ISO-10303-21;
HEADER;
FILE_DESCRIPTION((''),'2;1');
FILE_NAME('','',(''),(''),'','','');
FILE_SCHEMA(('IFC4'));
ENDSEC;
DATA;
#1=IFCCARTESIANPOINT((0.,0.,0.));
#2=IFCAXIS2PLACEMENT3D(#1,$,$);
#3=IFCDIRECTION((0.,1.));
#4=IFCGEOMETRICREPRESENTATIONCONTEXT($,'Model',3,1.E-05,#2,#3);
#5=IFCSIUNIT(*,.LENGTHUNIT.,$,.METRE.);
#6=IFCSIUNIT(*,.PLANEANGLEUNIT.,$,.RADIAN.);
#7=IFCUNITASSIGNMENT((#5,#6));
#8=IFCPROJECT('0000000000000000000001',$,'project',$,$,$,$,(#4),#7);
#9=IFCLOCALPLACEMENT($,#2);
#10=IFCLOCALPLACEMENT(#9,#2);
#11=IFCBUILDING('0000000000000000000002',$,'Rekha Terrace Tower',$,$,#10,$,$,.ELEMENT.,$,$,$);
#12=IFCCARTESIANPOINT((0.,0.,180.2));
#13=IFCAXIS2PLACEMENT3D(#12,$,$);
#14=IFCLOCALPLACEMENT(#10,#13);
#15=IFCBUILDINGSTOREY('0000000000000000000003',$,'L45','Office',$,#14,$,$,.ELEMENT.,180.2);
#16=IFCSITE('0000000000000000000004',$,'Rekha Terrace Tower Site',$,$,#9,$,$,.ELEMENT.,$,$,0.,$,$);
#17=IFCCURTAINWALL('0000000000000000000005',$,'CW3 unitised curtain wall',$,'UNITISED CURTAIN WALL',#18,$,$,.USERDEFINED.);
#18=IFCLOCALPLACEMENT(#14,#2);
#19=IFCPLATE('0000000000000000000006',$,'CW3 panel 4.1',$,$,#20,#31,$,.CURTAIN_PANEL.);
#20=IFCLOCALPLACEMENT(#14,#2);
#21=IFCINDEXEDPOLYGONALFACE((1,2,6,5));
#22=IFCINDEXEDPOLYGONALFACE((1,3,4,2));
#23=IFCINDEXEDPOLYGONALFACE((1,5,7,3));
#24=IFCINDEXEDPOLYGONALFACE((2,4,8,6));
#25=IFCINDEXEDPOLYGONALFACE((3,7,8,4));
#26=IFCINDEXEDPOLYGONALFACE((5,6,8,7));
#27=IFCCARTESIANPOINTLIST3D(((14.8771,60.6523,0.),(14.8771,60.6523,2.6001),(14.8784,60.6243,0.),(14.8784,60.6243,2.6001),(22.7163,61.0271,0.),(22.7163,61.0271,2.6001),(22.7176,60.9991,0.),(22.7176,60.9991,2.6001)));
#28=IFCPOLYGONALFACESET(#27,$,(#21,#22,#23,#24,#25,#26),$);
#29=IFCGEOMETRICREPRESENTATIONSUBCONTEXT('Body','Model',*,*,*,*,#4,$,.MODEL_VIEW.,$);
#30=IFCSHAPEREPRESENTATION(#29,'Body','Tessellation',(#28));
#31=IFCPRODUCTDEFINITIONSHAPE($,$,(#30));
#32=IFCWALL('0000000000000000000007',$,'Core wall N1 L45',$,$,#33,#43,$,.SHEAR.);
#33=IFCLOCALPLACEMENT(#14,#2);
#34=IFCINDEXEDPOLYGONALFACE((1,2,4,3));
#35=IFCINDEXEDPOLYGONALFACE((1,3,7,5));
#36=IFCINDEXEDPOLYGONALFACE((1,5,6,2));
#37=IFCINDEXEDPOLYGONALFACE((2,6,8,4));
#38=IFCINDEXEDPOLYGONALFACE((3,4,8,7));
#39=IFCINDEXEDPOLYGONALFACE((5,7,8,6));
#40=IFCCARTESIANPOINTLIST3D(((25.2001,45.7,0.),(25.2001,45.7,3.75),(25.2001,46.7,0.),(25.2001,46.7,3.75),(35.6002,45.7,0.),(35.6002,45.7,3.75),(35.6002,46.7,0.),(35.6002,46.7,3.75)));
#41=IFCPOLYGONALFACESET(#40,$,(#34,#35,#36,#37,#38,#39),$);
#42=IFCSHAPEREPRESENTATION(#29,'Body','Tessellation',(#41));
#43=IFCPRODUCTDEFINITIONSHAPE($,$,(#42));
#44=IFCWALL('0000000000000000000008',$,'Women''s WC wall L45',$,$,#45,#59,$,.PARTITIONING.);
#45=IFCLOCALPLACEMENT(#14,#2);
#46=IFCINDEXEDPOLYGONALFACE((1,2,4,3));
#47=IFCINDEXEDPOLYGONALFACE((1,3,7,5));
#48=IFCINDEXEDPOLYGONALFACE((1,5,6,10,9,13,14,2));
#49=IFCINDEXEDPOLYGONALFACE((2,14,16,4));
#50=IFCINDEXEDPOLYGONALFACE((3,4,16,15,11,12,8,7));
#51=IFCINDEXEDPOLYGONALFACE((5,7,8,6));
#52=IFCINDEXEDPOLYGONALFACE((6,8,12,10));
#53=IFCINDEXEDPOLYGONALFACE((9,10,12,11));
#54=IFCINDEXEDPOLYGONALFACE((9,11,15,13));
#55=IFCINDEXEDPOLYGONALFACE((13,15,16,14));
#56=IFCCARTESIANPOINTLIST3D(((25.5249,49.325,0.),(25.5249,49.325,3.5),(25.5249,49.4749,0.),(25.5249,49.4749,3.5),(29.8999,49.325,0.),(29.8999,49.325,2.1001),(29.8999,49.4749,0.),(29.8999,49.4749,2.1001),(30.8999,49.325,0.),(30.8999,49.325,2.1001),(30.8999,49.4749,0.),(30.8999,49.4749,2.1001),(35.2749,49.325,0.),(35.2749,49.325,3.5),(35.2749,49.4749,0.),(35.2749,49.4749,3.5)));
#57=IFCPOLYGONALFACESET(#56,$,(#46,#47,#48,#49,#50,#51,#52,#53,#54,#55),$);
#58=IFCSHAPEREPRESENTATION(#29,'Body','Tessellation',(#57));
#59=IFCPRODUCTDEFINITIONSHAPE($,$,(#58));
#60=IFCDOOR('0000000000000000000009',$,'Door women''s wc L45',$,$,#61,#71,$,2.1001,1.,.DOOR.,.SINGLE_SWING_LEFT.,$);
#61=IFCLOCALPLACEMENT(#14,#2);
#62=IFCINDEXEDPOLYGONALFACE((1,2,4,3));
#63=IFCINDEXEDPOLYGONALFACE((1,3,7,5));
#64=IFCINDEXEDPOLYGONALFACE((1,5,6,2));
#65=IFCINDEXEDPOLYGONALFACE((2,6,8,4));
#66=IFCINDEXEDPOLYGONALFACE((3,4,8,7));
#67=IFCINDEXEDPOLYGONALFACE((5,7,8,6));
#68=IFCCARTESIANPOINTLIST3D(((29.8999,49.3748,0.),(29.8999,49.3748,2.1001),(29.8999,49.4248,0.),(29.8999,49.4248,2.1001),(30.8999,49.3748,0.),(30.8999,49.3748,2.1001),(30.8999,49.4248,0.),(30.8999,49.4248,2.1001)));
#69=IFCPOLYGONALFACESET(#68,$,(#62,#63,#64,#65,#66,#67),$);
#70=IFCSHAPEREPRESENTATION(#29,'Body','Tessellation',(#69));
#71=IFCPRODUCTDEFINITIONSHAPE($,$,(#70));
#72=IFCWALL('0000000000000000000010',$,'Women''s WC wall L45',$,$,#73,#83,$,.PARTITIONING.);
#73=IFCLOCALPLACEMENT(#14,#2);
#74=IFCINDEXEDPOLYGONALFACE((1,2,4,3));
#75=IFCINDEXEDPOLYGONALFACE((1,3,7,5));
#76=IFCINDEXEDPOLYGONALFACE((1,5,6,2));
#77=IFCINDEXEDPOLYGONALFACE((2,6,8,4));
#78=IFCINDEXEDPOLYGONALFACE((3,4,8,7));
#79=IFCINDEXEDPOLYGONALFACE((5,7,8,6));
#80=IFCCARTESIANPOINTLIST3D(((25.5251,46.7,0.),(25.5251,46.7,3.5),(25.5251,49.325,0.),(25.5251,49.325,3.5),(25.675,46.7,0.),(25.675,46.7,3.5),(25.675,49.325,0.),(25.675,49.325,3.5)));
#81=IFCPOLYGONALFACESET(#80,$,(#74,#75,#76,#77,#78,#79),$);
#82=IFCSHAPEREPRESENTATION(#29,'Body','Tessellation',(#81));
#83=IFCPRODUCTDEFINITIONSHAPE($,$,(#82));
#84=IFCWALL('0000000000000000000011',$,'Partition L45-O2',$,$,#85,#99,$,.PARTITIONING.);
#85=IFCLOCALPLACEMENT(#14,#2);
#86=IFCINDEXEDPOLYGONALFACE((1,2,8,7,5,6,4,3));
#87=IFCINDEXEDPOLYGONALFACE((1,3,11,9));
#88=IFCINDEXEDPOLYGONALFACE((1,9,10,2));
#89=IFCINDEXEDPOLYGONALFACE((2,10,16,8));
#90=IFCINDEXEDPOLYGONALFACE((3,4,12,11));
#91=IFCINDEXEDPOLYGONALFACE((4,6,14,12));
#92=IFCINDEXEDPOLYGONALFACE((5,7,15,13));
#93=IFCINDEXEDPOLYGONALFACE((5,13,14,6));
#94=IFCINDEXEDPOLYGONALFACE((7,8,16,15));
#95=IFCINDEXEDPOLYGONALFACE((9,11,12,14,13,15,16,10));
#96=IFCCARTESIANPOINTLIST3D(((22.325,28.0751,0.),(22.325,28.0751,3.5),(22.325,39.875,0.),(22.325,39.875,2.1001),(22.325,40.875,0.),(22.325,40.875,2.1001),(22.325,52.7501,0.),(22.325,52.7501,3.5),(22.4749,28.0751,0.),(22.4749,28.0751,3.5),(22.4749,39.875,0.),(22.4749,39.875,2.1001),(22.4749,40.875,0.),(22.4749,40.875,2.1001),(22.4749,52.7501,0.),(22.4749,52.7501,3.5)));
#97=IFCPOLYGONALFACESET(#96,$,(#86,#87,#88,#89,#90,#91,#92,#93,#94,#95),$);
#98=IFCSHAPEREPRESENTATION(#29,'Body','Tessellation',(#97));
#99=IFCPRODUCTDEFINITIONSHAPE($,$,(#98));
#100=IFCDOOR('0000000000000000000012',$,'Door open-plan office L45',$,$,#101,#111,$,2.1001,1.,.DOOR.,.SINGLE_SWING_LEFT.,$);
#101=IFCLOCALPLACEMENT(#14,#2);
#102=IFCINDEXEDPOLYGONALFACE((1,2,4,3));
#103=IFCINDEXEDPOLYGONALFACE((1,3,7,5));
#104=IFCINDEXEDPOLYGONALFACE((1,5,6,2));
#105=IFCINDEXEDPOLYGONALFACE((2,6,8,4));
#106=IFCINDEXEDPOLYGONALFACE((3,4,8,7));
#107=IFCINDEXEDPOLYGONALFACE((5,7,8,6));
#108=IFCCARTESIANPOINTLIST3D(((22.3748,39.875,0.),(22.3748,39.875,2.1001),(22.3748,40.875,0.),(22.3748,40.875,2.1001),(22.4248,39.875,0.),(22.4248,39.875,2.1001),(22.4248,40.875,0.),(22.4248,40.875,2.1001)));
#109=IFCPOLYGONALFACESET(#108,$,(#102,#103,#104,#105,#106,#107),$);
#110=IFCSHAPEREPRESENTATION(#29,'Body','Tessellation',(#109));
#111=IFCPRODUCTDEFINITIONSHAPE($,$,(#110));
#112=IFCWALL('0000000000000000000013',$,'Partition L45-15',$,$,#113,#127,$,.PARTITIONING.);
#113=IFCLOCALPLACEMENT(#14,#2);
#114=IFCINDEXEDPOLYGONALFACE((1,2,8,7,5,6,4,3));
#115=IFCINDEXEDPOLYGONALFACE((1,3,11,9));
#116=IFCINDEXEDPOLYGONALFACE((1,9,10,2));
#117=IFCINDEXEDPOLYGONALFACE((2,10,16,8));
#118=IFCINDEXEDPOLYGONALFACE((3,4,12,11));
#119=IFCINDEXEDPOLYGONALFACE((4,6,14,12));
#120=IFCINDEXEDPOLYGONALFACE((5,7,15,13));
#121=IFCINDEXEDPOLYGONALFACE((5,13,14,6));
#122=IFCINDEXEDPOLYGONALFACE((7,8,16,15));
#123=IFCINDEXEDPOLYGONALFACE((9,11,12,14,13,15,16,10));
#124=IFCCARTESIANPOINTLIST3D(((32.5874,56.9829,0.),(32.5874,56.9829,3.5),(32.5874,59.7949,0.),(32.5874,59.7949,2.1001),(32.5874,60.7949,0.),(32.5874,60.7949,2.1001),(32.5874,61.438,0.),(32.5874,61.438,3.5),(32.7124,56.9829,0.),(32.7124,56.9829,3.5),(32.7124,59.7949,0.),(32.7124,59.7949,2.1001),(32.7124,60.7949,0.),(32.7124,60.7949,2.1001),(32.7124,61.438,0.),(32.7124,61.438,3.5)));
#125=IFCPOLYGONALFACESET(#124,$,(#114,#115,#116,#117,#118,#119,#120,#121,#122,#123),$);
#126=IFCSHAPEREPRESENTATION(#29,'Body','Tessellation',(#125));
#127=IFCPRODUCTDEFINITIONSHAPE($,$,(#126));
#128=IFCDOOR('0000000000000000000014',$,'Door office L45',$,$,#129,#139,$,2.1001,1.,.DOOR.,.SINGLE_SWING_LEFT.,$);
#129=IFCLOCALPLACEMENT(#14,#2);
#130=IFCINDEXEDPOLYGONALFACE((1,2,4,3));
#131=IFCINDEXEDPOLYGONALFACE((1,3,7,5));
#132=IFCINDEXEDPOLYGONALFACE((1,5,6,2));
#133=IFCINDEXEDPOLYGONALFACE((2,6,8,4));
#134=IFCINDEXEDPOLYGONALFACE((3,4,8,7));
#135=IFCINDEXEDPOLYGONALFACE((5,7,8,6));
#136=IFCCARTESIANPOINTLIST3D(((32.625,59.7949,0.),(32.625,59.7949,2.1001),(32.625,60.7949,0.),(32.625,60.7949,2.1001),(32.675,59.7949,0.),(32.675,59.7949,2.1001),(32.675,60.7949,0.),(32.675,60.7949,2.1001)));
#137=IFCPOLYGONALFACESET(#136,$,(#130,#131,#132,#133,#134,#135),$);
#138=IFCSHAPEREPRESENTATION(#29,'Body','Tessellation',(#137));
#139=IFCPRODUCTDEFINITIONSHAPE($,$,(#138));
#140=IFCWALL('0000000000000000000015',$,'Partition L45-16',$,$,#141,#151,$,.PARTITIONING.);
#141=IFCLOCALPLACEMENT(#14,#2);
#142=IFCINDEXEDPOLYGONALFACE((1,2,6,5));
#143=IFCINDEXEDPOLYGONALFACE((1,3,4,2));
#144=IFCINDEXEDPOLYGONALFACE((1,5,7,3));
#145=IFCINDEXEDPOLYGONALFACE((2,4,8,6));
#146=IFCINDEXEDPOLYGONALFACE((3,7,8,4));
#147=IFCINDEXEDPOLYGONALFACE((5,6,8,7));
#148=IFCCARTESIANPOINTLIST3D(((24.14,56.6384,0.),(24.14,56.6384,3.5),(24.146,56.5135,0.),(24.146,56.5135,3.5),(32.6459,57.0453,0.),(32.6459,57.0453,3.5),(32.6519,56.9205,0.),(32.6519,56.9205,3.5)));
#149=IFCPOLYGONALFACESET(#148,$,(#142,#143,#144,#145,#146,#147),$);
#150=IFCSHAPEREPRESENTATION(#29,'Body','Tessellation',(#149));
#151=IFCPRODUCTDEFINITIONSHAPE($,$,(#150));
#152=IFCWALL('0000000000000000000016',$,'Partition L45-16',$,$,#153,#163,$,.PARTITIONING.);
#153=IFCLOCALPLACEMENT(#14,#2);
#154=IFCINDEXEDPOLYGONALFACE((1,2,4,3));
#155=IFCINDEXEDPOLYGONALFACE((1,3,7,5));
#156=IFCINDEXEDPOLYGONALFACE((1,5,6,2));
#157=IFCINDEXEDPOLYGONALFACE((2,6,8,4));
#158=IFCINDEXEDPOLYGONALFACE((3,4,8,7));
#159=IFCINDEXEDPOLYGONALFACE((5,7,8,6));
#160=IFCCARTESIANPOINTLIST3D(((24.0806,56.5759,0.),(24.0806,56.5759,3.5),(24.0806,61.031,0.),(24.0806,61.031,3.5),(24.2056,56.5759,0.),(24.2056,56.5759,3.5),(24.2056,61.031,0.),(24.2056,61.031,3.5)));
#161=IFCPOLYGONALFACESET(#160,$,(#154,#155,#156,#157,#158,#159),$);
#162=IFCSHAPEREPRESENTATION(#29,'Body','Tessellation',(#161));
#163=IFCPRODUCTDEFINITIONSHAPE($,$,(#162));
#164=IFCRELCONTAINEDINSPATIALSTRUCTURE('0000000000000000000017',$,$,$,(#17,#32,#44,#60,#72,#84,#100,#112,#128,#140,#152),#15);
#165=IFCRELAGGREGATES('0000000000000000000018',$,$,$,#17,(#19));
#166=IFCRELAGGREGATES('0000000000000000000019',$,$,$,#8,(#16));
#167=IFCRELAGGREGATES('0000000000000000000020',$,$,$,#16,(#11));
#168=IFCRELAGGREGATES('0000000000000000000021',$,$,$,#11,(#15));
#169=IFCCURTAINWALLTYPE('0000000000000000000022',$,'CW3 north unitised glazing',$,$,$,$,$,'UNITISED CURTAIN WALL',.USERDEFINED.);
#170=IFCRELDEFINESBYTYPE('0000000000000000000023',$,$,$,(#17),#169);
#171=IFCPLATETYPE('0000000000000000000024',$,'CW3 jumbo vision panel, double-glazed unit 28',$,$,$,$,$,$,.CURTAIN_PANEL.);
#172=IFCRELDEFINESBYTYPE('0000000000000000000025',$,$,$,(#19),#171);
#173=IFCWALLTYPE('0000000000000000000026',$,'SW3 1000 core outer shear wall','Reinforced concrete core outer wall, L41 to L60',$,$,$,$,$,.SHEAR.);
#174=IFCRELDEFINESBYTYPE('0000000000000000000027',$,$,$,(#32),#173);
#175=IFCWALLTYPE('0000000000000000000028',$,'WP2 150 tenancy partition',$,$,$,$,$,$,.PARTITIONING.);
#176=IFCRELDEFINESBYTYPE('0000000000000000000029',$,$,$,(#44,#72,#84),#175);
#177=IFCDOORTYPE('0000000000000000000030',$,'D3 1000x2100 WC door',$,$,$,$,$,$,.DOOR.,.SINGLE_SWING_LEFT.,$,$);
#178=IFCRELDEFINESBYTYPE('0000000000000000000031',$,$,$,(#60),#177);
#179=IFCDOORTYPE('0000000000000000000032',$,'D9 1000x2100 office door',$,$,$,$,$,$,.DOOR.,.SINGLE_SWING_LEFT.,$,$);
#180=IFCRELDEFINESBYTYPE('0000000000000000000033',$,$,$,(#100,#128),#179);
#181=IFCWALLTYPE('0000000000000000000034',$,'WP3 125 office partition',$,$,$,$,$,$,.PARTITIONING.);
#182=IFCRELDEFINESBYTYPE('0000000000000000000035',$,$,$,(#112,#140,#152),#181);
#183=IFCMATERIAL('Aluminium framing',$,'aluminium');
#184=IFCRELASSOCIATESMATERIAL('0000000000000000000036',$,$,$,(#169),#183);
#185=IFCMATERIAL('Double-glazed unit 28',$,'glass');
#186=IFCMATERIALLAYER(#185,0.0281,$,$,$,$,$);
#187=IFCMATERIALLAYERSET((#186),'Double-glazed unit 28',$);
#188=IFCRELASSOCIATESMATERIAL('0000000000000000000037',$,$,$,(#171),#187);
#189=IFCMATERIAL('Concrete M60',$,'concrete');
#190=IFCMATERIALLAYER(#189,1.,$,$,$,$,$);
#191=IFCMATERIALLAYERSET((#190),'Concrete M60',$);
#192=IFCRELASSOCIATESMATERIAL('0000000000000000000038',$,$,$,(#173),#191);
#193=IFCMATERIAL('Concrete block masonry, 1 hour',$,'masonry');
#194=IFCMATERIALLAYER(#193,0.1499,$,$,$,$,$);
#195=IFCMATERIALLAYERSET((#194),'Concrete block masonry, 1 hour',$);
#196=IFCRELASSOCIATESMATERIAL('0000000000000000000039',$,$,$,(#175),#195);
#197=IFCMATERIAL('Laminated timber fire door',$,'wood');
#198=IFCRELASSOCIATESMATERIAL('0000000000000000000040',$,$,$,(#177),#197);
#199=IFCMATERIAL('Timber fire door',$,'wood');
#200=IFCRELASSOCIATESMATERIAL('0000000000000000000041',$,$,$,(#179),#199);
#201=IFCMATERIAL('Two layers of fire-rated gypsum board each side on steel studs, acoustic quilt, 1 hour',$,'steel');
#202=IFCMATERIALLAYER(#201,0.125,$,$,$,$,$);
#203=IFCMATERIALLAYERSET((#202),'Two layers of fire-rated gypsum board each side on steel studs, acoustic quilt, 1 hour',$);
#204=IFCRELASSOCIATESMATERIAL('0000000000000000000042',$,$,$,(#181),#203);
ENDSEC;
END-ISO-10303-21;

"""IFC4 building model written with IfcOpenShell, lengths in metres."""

from ifc_helpers import new_model, si_unit, direction, frame, frame_2d, origin, origin_2d, place, context, subcontext, project, spatial, rectangle, extrude, material, layer, layer_set, type_object, element, fill, aggregate, save


model = new_model("IFC4")

# Units and contexts
model_context = context("Model", 3, precision=1e-05, world=origin(), true_north=direction((0.0, 1.0)))
body_context = subcontext(model_context, "Body", "Model", "MODEL_VIEW")
ifc_project = project(units=[si_unit("LENGTHUNIT", "METRE"), si_unit("PLANEANGLEUNIT", "RADIAN")], contexts=[model_context])

# Site, building, storey
site_placement = place(None, origin())
site = spatial("IfcSite", under=ifc_project, at=site_placement, Name="Rekha Terrace Tower Site", CompositionType="ELEMENT", RefElevation=0.0)
building_placement = place(site_placement, origin())
building = spatial("IfcBuilding", under=site, at=building_placement, Name="Rekha Terrace Tower", CompositionType="ELEMENT")
storey_placement = place(building_placement, frame((0.0, 0.0, 180.2)))
storey = spatial("IfcBuildingStorey", under=building, at=storey_placement, Name="L45", Description="Office", CompositionType="ELEMENT", Elevation=180.2)

# Curtain wall, plate
ifc_material_1 = material(Name="Aluminium framing", Category="aluminium")
curtain_wall_type = type_object("IfcCurtainWallType", Name="CW3 north unitised glazing", ElementType="UNITISED CURTAIN WALL", PredefinedType="USERDEFINED", material=ifc_material_1)
curtain_wall_placement = place(storey_placement, origin())
curtain_wall = element("IfcCurtainWall", 1, at=curtain_wall_placement, inside=storey, type_object=curtain_wall_type, Name="CW3 unitised curtain wall", ObjectType="UNITISED CURTAIN WALL", PredefinedType="USERDEFINED")
ifc_material_2 = material(Name="Double-glazed unit 28", Category="glass")
ifc_layer_1 = layer(ifc_material_2, 0.0281)
ifc_layer_set_1 = layer_set([ifc_layer_1], Name="Double-glazed unit 28")
plate_type = type_object("IfcPlateType", Name="CW3 jumbo vision panel, double-glazed unit 28", PredefinedType="CURTAIN_PANEL", material=ifc_layer_set_1)
plate_1_placement = place(storey_placement, frame((18.7974, 60.8257, 0.0), z_axis=(0.0, 0.0, 1.0), x_axis=(-0.998859, -0.047759, 0.0)))
plate_1 = element("IfcPlate", 2, at=plate_1_placement, type_object=plate_type, Name="CW3 panel 4.1", PredefinedType="CURTAIN_PANEL", context=body_context, shape_type="SweptSolid", body=[
    extrude(rectangle(XDim=7.8481, YDim=0.0281, at=origin_2d()), origin(), (0.0, 0.0, 1.0), 2.6001),
])
aggregate(curtain_wall, [plate_1])

# Wall
ifc_material_3 = material(Name="Concrete M60", Category="concrete")
ifc_layer_2 = layer(ifc_material_3, 1.0)
ifc_layer_set_2 = layer_set([ifc_layer_2], Name="Concrete M60")
wall_type_1 = type_object("IfcWallType", Name="SW3 1000 core outer shear wall", Description="Reinforced concrete core outer wall, L41 to L60", PredefinedType="SHEAR", material=ifc_layer_set_2)
wall_1_placement = place(storey_placement, frame((25.2, 46.2, 0.0), z_axis=(0.0, 0.0, 1.0), x_axis=(1.0, 0.0, 0.0)))
element("IfcWall", 3, at=wall_1_placement, inside=storey, type_object=wall_type_1, Name="Core wall N1 L45", PredefinedType="SHEAR", context=body_context, shape_type="SweptSolid", body=[
    extrude(rectangle(XDim=10.4001, YDim=1.0, at=frame_2d((5.2002, 0.0))), origin(), (0.0, 0.0, 1.0), 3.75),
])

# Wall, opening, door
ifc_material_4 = material(Name="Concrete block masonry, 1 hour", Category="masonry")
ifc_layer_3 = layer(ifc_material_4, 0.1499)
ifc_layer_set_3 = layer_set([ifc_layer_3], Name="Concrete block masonry, 1 hour")
wall_type_2 = type_object("IfcWallType", Name="WP2 150 tenancy partition", PredefinedType="PARTITIONING", material=ifc_layer_set_3)
wall_2_placement = place(storey_placement, frame((25.5249, 49.3999, 0.0), z_axis=(0.0, 0.0, 1.0), x_axis=(1.0, 0.0, 0.0)))
wall_2 = element("IfcWall", 4, at=wall_2_placement, inside=storey, type_object=wall_type_2, Name="Women's WC wall L45", PredefinedType="PARTITIONING", context=body_context, shape_type="SweptSolid", body=[
    extrude(rectangle(XDim=9.75, YDim=0.1499, at=frame_2d((4.875, 0.0))), origin(), (0.0, 0.0, 1.0), 3.5),
])
opening_1_placement = place(wall_2_placement, frame((4.375, 0.0, 0.0)))
opening_1 = element("IfcOpeningElement", 5, at=opening_1_placement, cuts=wall_2, PredefinedType="OPENING", context=body_context, shape_type="SweptSolid", body=[
    extrude(rectangle(XDim=1.0, YDim=2.1001, at=frame_2d((0.5, 1.05))), frame((0.0, 0.085, 0.0), z_axis=(0.0, -1.0, 0.0), x_axis=(1.0, 0.0, 0.0)), (0.0, 0.0, 1.0), 0.1699),
])
ifc_material_5 = material(Name="Laminated timber fire door", Category="wood")
door_type_1 = type_object("IfcDoorType", Name="D3 1000x2100 WC door", OperationType="SINGLE_SWING_LEFT", PredefinedType="DOOR", material=ifc_material_5)
door_1_placement = place(opening_1_placement, origin())
door_1 = element("IfcDoor", 6, at=door_1_placement, inside=storey, type_object=door_type_1, Name="Door women's wc L45", OperationType="SINGLE_SWING_LEFT", OverallHeight=2.1001, OverallWidth=1.0, PredefinedType="DOOR", context=body_context, shape_type="SweptSolid", body=[
    extrude(rectangle(XDim=1.0, YDim=2.1001, at=frame_2d((0.5, 1.05))), frame((0.0, 0.0249, 0.0), z_axis=(0.0, -1.0, 0.0), x_axis=(1.0, 0.0, 0.0)), (0.0, 0.0, 1.0), 0.05),
])
fill(opening_1, door_1)

# Wall
wall_3_placement = place(storey_placement, frame((25.6001, 46.7, 0.0), z_axis=(0.0, 0.0, 1.0), x_axis=(0.0, 1.0, 0.0)))
element("IfcWall", 7, at=wall_3_placement, inside=storey, type_object=wall_type_2, Name="Women's WC wall L45", PredefinedType="PARTITIONING", context=body_context, shape_type="SweptSolid", body=[
    extrude(rectangle(XDim=2.625, YDim=0.1499, at=frame_2d((1.3125, 0.0))), origin(), (0.0, 0.0, 1.0), 3.5),
])

# Walls, openings, doors
wall_4_placement = place(storey_placement, frame((22.3999, 52.75, 0.0), z_axis=(0.0, 0.0, 1.0), x_axis=(0.0, -1.0, 0.0)))
wall_4 = element("IfcWall", 8, at=wall_4_placement, inside=storey, type_object=wall_type_2, Name="Partition L45-O2", PredefinedType="PARTITIONING", context=body_context, shape_type="SweptSolid", body=[
    extrude(rectangle(XDim=24.675, YDim=0.1499, at=frame_2d((12.3374, 0.0))), origin(), (0.0, 0.0, 1.0), 3.5),
])
opening_2_placement = place(wall_4_placement, frame((11.875, 0.0, 0.0)))
opening_2 = element("IfcOpeningElement", 9, at=opening_2_placement, cuts=wall_4, PredefinedType="OPENING", context=body_context, shape_type="SweptSolid", body=[
    extrude(rectangle(XDim=1.0, YDim=2.1001, at=frame_2d((0.5, 1.05))), frame((0.0, 0.085, 0.0), z_axis=(0.0, -1.0, 0.0), x_axis=(1.0, 0.0, 0.0)), (0.0, 0.0, 1.0), 0.1699),
])
ifc_material_6 = material(Name="Timber fire door", Category="wood")
door_type_2 = type_object("IfcDoorType", Name="D9 1000x2100 office door", OperationType="SINGLE_SWING_LEFT", PredefinedType="DOOR", material=ifc_material_6)
door_2_placement = place(opening_2_placement, origin())
door_2 = element("IfcDoor", 10, at=door_2_placement, inside=storey, type_object=door_type_2, Name="Door open-plan office L45", OperationType="SINGLE_SWING_LEFT", OverallHeight=2.1001, OverallWidth=1.0, PredefinedType="DOOR", context=body_context, shape_type="SweptSolid", body=[
    extrude(rectangle(XDim=1.0, YDim=2.1001, at=frame_2d((0.5, 1.05))), frame((0.0, 0.0249, 0.0), z_axis=(0.0, -1.0, 0.0), x_axis=(1.0, 0.0, 0.0)), (0.0, 0.0, 1.0), 0.05),
])
fill(opening_2, door_2)
ifc_material_7 = material(Name="Two layers of fire-rated gypsum board each side on steel studs, acoustic quilt, 1 hour", Category="steel")
ifc_layer_4 = layer(ifc_material_7, 0.125)
ifc_layer_set_4 = layer_set([ifc_layer_4], Name="Two layers of fire-rated gypsum board each side on steel studs, acoustic quilt, 1 hour")
wall_type_3 = type_object("IfcWallType", Name="WP3 125 office partition", PredefinedType="PARTITIONING", material=ifc_layer_set_4)
wall_5_placement = place(storey_placement, frame((32.6499, 56.9829, 0.0), z_axis=(0.0, 0.0, 1.0), x_axis=(0.0, 1.0, 0.0)))
wall_5 = element("IfcWall", 11, at=wall_5_placement, inside=storey, type_object=wall_type_3, Name="Partition L45-15", PredefinedType="PARTITIONING", context=body_context, shape_type="SweptSolid", body=[
    extrude(rectangle(XDim=4.4551, YDim=0.125, at=frame_2d((2.2275, 0.0))), origin(), (0.0, 0.0, 1.0), 3.5),
])
opening_3_placement = place(wall_5_placement, frame((2.812, 0.0, 0.0)))
opening_3 = element("IfcOpeningElement", 12, at=opening_3_placement, cuts=wall_5, PredefinedType="OPENING", context=body_context, shape_type="SweptSolid", body=[
    extrude(rectangle(XDim=1.0, YDim=2.1001, at=frame_2d((0.5, 1.05))), frame((0.0, 0.0725, 0.0), z_axis=(0.0, -1.0, 0.0), x_axis=(1.0, 0.0, 0.0)), (0.0, 0.0, 1.0), 0.145),
])
door_3_placement = place(opening_3_placement, origin())
door_3 = element("IfcDoor", 13, at=door_3_placement, inside=storey, type_object=door_type_2, Name="Door office L45", OperationType="SINGLE_SWING_LEFT", OverallHeight=2.1001, OverallWidth=1.0, PredefinedType="DOOR", context=body_context, shape_type="SweptSolid", body=[
    extrude(rectangle(XDim=1.0, YDim=2.1001, at=frame_2d((0.5, 1.05))), frame((0.0, 0.0249, 0.0), z_axis=(0.0, -1.0, 0.0), x_axis=(1.0, 0.0, 0.0)), (0.0, 0.0, 1.0), 0.05),
])
fill(opening_3, door_3)

# Walls
wall_6_placement = place(storey_placement, frame((32.6489, 56.9829, 0.0), z_axis=(0.0, 0.0, 1.0), x_axis=(-0.998857, -0.047793, 0.0)))
element("IfcWall", 14, at=wall_6_placement, inside=storey, type_object=wall_type_3, Name="Partition L45-16", PredefinedType="PARTITIONING", context=body_context, shape_type="SweptSolid", body=[
    extrude(rectangle(XDim=8.5156, YDim=0.125, at=frame_2d((4.2578, 0.0))), origin(), (0.0, 0.0, 1.0), 3.5),
])
wall_7_placement = place(storey_placement, frame((24.1431, 56.5759, 0.0), z_axis=(0.0, 0.0, 1.0), x_axis=(0.0, 1.0, 0.0)))
element("IfcWall", 15, at=wall_7_placement, inside=storey, type_object=wall_type_3, Name="Partition L45-16", PredefinedType="PARTITIONING", context=body_context, shape_type="SweptSolid", body=[
    extrude(rectangle(XDim=4.4551, YDim=0.125, at=frame_2d((2.2275, 0.0))), origin(), (0.0, 0.0, 1.0), 3.5),
])

save(model, "model.ifc")
